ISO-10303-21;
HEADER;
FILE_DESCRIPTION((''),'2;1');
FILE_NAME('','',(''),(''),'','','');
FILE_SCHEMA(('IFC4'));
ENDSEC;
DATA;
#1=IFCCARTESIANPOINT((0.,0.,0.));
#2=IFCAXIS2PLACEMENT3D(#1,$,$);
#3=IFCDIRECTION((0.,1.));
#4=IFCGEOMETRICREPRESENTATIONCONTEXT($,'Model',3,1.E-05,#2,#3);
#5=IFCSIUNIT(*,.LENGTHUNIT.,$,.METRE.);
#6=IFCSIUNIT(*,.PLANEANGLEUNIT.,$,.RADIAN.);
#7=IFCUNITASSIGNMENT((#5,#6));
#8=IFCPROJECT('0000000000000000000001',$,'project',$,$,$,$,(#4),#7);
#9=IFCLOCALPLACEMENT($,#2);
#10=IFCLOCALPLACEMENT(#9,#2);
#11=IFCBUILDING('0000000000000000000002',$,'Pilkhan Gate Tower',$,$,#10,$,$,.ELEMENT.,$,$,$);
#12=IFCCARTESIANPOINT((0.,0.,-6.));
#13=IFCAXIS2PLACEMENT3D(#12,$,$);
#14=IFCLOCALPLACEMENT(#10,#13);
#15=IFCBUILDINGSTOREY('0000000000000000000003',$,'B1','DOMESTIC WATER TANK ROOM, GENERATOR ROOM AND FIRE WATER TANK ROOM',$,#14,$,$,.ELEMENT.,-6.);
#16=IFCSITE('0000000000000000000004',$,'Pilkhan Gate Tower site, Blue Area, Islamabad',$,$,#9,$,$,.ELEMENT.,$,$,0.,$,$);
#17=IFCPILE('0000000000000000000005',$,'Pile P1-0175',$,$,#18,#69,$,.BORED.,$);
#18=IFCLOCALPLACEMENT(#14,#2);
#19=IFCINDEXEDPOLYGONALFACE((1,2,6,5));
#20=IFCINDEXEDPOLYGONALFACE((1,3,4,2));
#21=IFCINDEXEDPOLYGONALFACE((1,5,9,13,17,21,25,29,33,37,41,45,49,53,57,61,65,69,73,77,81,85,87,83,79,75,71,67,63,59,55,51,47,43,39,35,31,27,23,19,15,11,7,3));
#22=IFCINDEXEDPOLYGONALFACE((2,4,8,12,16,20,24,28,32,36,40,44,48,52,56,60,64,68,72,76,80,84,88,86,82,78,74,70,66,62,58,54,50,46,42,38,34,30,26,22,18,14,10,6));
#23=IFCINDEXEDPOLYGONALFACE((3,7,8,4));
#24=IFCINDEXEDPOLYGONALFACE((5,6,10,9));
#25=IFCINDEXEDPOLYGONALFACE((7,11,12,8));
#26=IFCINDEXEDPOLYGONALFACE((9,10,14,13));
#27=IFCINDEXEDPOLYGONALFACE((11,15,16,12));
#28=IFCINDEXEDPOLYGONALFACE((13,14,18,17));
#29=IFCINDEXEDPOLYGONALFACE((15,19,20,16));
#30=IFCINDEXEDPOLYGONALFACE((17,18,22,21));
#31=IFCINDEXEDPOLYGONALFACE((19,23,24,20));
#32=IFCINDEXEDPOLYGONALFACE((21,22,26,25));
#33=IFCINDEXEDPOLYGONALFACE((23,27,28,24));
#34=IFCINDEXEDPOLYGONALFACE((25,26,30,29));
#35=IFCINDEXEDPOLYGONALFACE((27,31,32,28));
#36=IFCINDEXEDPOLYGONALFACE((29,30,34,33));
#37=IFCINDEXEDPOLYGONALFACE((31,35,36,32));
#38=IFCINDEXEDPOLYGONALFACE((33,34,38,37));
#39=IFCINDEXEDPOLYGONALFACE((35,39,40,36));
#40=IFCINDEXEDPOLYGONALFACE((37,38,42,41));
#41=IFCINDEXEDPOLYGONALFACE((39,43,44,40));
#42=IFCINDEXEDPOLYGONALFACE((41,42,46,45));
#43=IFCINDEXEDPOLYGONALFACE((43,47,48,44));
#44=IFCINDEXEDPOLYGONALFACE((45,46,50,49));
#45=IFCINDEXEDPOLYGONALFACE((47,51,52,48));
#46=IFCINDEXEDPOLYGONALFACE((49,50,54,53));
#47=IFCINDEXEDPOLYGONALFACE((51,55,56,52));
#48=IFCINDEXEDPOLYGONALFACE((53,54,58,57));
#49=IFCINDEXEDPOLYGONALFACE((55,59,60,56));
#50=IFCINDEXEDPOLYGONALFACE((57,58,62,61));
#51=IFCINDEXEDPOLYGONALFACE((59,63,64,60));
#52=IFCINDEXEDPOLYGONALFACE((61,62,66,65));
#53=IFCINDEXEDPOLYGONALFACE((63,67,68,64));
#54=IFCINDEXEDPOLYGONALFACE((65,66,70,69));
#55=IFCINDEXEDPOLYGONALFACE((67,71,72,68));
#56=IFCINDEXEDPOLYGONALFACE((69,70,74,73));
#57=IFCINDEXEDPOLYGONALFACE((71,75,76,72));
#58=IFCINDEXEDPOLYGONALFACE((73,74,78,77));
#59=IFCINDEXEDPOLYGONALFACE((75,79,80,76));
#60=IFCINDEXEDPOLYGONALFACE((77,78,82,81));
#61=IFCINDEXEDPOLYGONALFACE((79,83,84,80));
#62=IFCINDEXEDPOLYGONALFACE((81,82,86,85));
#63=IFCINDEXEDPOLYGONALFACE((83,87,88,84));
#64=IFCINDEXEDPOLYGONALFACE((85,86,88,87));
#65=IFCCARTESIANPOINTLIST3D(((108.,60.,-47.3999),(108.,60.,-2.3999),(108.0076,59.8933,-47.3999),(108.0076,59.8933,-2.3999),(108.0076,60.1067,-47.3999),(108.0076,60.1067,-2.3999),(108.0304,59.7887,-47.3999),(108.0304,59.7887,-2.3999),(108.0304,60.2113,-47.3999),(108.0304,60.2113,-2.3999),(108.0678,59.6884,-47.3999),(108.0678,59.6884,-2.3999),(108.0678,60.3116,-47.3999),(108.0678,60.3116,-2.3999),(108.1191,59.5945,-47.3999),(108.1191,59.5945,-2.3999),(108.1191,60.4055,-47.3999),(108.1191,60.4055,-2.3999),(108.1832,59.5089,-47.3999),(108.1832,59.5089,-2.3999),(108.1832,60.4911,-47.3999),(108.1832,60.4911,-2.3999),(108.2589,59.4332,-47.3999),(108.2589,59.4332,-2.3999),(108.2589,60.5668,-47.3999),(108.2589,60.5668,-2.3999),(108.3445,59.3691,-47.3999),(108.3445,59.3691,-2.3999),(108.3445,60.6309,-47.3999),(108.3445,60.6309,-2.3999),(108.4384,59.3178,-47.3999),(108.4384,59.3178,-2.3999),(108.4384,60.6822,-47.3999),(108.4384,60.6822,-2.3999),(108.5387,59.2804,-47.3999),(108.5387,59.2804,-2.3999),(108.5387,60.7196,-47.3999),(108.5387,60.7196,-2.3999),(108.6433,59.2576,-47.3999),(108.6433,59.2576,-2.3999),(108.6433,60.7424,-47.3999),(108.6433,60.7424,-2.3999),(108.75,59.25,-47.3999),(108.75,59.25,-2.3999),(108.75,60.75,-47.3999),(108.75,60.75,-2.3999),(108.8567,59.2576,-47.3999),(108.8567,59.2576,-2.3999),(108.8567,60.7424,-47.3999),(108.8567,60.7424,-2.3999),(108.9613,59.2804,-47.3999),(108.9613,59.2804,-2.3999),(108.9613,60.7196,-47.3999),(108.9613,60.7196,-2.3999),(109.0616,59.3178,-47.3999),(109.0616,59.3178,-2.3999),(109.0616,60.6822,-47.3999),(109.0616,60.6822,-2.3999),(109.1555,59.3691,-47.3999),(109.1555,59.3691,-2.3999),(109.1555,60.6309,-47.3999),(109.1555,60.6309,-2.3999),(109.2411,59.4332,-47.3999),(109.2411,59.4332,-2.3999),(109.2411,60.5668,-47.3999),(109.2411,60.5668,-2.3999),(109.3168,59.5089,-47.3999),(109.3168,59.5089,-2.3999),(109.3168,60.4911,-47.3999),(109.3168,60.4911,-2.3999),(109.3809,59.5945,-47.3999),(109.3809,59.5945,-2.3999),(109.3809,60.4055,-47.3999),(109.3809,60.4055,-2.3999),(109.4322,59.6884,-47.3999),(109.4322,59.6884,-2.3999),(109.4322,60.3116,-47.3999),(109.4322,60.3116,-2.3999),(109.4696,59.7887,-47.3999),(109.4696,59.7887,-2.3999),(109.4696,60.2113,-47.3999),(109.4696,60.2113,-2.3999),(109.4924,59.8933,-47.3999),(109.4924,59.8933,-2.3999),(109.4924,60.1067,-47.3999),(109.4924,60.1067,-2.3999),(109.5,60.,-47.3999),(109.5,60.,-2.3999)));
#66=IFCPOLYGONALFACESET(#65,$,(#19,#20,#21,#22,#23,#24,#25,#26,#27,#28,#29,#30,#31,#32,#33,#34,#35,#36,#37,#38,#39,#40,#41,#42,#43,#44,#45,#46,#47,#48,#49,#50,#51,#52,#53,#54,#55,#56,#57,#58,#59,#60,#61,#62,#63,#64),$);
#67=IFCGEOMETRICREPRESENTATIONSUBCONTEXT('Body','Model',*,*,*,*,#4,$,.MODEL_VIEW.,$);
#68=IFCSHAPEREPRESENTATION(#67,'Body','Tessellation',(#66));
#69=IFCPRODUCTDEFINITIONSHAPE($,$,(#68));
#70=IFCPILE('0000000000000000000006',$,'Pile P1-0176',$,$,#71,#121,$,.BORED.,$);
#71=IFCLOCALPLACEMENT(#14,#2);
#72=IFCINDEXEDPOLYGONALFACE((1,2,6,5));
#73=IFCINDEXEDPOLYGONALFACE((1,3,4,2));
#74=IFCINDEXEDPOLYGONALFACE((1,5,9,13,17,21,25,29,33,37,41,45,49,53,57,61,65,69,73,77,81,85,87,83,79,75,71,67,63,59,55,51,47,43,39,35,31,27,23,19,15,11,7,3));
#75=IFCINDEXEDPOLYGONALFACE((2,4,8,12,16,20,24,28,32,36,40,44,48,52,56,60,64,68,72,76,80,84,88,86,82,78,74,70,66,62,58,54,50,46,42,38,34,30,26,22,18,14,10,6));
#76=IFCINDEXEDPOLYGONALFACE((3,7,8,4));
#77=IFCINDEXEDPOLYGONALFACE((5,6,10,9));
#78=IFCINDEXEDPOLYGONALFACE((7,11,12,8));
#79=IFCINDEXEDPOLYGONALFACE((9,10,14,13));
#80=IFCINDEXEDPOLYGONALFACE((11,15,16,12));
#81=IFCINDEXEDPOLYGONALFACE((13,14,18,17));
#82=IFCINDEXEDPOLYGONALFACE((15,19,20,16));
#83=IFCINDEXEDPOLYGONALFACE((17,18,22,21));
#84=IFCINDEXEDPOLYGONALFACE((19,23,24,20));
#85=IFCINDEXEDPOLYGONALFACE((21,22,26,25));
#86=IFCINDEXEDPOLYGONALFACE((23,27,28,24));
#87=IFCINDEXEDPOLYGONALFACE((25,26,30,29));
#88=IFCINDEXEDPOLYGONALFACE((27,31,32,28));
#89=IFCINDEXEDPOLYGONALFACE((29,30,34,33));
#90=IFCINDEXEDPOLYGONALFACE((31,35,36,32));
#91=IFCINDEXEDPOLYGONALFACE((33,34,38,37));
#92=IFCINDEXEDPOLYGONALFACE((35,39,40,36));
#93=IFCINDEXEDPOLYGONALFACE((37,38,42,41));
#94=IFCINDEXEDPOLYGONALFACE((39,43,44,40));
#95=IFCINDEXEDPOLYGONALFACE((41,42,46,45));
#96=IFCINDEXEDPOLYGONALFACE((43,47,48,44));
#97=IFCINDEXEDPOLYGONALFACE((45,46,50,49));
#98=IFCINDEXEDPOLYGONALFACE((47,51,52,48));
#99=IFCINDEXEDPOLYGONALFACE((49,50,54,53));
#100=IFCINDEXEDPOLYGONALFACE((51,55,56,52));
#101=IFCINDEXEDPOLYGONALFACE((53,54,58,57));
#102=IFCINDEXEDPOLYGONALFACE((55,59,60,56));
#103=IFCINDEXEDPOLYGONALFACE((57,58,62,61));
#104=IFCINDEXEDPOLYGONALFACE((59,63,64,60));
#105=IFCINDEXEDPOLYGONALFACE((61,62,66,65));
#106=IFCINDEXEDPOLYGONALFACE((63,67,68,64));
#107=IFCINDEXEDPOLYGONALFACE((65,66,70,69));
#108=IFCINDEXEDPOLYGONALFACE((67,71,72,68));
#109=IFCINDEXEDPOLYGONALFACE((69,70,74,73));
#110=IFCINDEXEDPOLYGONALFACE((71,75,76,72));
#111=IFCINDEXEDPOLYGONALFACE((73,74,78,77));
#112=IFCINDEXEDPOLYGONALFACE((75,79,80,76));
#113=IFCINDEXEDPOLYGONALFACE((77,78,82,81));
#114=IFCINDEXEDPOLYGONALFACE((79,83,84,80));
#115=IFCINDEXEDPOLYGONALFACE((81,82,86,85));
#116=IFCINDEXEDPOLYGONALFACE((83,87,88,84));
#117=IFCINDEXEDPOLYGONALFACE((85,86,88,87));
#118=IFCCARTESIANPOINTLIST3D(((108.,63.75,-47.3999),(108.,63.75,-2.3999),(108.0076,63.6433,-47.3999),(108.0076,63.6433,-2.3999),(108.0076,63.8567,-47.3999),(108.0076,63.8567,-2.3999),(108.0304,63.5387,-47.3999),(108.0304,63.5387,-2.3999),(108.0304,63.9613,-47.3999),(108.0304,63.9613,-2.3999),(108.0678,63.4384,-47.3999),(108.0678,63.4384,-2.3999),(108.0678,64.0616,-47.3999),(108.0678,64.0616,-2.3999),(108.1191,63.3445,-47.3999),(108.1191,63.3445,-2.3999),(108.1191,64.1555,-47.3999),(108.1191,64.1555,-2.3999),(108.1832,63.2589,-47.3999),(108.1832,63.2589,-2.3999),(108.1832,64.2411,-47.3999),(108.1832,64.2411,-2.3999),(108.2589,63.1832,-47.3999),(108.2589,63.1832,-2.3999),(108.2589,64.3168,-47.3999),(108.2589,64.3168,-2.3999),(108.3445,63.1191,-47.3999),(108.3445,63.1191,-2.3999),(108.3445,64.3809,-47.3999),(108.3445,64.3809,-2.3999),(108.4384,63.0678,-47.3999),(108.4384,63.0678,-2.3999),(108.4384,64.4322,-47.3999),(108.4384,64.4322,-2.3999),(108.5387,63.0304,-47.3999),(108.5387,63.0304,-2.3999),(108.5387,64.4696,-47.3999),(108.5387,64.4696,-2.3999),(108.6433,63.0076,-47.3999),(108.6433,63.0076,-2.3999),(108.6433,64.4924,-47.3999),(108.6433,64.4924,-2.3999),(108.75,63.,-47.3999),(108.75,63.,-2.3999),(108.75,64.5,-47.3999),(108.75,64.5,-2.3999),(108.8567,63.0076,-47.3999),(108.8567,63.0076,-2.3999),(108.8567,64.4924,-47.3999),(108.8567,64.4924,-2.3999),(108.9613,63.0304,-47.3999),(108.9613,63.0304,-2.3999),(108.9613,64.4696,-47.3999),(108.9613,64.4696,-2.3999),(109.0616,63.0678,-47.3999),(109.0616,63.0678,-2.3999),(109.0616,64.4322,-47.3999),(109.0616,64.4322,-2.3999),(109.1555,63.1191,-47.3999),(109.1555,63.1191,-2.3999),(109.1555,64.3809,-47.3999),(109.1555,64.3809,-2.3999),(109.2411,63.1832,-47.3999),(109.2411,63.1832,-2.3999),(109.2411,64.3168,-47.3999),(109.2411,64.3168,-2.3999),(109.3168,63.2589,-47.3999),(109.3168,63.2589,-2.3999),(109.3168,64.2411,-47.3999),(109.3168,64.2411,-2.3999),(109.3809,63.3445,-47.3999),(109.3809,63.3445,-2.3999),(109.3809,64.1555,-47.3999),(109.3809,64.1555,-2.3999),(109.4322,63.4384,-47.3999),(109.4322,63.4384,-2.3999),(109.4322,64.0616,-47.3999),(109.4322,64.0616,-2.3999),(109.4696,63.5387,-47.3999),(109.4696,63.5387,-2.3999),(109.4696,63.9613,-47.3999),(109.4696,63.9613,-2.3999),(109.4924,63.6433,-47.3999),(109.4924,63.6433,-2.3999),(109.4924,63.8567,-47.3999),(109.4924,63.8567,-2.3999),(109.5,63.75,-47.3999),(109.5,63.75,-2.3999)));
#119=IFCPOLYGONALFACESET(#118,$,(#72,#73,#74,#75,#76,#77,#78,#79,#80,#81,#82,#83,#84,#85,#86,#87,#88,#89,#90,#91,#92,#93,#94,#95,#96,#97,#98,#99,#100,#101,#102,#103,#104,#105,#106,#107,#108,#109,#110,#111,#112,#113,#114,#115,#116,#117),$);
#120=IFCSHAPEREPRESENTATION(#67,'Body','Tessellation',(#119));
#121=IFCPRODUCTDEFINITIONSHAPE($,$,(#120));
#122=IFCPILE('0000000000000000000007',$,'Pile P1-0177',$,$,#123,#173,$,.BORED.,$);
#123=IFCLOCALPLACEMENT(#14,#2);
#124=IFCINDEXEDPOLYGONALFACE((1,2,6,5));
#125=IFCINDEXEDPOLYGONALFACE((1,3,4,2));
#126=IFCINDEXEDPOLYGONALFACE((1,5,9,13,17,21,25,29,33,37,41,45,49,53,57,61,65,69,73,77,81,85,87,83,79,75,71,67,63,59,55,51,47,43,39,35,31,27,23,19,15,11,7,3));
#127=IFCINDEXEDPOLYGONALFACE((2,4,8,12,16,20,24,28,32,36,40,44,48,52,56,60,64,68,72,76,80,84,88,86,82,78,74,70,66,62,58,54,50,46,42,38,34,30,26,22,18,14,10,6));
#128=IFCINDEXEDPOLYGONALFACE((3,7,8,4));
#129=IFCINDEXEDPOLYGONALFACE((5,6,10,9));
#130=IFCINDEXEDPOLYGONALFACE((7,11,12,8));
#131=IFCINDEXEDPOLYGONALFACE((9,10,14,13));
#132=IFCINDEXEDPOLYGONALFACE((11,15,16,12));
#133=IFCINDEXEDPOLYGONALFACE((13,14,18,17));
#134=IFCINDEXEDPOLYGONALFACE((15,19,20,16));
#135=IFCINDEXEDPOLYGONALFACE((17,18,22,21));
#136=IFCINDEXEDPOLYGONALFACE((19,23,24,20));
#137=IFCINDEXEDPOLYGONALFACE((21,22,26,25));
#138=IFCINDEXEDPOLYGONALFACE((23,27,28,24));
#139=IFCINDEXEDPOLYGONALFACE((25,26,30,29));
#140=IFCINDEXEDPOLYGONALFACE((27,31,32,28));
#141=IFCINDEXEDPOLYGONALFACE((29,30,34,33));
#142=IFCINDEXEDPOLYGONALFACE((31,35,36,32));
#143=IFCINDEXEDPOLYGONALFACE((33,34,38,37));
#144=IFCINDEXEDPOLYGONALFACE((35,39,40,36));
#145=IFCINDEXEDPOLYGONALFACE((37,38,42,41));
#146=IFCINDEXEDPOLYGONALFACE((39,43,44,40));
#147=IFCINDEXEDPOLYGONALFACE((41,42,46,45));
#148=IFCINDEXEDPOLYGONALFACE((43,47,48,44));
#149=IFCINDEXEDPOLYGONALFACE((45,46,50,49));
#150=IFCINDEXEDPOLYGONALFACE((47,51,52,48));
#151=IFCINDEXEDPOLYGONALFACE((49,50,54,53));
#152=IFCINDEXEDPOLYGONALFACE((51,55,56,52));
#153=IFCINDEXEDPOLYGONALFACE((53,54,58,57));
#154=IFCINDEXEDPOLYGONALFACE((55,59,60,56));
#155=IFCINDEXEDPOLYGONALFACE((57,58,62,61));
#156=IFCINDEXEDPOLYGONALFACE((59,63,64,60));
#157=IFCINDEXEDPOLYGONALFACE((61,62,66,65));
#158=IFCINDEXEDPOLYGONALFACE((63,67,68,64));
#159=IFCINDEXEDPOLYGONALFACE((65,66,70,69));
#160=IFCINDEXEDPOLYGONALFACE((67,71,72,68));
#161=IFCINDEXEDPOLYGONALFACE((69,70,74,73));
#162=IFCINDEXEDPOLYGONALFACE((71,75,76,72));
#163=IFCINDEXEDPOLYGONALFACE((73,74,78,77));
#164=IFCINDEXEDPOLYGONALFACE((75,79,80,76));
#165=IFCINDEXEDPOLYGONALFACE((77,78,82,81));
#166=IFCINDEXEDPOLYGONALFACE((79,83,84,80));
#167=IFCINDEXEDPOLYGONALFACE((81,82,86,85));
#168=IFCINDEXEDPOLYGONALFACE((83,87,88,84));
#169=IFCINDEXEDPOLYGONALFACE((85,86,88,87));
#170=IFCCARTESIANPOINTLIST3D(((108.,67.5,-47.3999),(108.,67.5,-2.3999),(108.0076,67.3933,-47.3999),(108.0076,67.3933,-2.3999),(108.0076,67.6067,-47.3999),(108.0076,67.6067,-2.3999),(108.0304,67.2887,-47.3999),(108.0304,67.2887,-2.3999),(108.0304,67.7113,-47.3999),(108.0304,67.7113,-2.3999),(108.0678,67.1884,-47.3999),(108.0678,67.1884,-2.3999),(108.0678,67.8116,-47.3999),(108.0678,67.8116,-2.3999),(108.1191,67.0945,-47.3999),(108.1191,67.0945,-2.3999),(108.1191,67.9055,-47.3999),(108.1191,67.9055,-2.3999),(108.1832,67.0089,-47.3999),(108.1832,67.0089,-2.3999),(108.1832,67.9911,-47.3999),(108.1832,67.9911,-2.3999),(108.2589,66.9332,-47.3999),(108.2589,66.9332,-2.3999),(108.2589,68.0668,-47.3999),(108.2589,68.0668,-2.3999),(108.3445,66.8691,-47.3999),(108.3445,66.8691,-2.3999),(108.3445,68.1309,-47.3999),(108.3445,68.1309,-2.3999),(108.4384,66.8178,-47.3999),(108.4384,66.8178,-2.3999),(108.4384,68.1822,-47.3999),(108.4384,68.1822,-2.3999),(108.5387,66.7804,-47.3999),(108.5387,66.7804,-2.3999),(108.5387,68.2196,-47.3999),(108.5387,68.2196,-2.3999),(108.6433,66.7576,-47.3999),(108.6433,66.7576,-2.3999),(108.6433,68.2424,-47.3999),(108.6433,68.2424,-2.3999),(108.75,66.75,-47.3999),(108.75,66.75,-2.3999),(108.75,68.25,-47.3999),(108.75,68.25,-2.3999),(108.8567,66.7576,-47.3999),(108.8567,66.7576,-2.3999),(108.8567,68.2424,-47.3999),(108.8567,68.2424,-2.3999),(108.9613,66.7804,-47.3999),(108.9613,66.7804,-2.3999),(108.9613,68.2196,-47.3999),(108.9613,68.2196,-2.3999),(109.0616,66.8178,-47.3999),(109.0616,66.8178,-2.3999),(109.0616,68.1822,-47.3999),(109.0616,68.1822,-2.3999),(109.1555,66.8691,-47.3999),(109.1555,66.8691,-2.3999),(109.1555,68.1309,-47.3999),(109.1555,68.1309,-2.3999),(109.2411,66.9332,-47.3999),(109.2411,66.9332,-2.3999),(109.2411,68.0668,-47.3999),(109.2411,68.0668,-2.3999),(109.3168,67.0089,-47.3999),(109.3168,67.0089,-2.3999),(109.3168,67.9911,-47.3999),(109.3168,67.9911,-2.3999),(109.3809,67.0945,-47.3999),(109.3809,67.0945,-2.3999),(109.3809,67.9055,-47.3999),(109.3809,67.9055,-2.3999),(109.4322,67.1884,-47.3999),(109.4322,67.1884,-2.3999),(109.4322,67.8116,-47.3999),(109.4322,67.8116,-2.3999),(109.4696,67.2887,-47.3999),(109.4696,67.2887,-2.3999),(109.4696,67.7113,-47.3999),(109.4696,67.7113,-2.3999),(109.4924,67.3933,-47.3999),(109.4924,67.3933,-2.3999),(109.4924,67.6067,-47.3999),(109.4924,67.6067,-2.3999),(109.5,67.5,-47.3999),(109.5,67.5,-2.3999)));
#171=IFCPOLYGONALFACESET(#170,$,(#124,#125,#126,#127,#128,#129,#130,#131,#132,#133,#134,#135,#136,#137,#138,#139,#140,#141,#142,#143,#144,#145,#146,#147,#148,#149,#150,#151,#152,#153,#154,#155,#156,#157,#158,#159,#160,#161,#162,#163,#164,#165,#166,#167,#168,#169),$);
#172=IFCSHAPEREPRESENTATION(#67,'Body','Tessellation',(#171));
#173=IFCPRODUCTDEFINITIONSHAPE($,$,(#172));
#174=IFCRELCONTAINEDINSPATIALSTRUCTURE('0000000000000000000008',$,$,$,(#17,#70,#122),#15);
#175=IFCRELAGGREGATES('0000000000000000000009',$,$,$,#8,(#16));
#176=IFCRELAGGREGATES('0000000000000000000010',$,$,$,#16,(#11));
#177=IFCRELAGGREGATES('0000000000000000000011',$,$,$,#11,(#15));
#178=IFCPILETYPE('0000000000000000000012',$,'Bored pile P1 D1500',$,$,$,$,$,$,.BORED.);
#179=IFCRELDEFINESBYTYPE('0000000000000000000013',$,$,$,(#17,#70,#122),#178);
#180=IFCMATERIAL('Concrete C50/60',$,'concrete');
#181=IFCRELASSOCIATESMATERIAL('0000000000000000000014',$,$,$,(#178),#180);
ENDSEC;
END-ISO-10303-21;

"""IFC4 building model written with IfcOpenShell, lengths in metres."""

from ifc_helpers import new_model, si_unit, direction, frame, origin, origin_2d, place, context, subcontext, project, spatial, circle, extrude, material, material_profile, profile_set, type_object, element, save


model = new_model("IFC4")

# Units and contexts
model_context = context("Model", 3, precision=1e-05, world=origin(), true_north=direction((0.0, 1.0)))
body_context = subcontext(model_context, "Body", "Model", "MODEL_VIEW")
ifc_project = project(units=[si_unit("LENGTHUNIT", "METRE"), si_unit("PLANEANGLEUNIT", "RADIAN")], contexts=[model_context])

# Site, building, storey
site_placement = place(None, origin())
site = spatial("IfcSite", under=ifc_project, at=site_placement, Name="Pilkhan Gate Tower site, Blue Area, Islamabad", CompositionType="ELEMENT", RefElevation=0.0)
building_placement = place(site_placement, origin())
building = spatial("IfcBuilding", under=site, at=building_placement, Name="Pilkhan Gate Tower", CompositionType="ELEMENT")
storey_placement = place(building_placement, frame((0.0, 0.0, -6.0)))
storey = spatial("IfcBuildingStorey", under=building, at=storey_placement, Name="B1", Description="DOMESTIC WATER TANK ROOM, GENERATOR ROOM AND FIRE WATER TANK ROOM", CompositionType="ELEMENT", Elevation=-6.0)

# Piles
ifc_material_1 = material(Name="Concrete C50/60", Category="concrete")
ifc_material_profile_1 = material_profile(ifc_material_1, circle(Radius=0.75, at=origin_2d()), Name="Bored pile 1500 dia")
ifc_profile_set_1 = profile_set([ifc_material_profile_1], Name="Concrete C50/60")
pile_type = type_object("IfcPileType", Name="Bored pile P1 D1500", PredefinedType="BORED", material=ifc_profile_set_1)
for number, where, z_axis, x_axis, name in (
    (1, (108.75, 60.0, -2.3999), (0.0, 0.0, -1.0), (1.0, 0.0, 0.0), "Pile P1-0175"),
    (2, (108.75, 63.75, -2.3999), (0.0, 0.0, -1.0), (1.0, 0.0, 0.0), "Pile P1-0176"),
    (3, (108.75, 67.5, -2.3999), (0.0, 0.0, -1.0), (1.0, 0.0, 0.0), "Pile P1-0177"),
):
    element("IfcPile", number, at=place(storey_placement, frame(where, z_axis=z_axis, x_axis=x_axis)), inside=storey, type_object=pile_type, Name=name, PredefinedType="BORED", context=body_context, shape_type="SweptSolid", body=[
        extrude(circle(Radius=0.75, at=origin_2d()), origin(), (0.0, 0.0, 1.0), 45.0),
    ])

save(model, "model.ifc")
